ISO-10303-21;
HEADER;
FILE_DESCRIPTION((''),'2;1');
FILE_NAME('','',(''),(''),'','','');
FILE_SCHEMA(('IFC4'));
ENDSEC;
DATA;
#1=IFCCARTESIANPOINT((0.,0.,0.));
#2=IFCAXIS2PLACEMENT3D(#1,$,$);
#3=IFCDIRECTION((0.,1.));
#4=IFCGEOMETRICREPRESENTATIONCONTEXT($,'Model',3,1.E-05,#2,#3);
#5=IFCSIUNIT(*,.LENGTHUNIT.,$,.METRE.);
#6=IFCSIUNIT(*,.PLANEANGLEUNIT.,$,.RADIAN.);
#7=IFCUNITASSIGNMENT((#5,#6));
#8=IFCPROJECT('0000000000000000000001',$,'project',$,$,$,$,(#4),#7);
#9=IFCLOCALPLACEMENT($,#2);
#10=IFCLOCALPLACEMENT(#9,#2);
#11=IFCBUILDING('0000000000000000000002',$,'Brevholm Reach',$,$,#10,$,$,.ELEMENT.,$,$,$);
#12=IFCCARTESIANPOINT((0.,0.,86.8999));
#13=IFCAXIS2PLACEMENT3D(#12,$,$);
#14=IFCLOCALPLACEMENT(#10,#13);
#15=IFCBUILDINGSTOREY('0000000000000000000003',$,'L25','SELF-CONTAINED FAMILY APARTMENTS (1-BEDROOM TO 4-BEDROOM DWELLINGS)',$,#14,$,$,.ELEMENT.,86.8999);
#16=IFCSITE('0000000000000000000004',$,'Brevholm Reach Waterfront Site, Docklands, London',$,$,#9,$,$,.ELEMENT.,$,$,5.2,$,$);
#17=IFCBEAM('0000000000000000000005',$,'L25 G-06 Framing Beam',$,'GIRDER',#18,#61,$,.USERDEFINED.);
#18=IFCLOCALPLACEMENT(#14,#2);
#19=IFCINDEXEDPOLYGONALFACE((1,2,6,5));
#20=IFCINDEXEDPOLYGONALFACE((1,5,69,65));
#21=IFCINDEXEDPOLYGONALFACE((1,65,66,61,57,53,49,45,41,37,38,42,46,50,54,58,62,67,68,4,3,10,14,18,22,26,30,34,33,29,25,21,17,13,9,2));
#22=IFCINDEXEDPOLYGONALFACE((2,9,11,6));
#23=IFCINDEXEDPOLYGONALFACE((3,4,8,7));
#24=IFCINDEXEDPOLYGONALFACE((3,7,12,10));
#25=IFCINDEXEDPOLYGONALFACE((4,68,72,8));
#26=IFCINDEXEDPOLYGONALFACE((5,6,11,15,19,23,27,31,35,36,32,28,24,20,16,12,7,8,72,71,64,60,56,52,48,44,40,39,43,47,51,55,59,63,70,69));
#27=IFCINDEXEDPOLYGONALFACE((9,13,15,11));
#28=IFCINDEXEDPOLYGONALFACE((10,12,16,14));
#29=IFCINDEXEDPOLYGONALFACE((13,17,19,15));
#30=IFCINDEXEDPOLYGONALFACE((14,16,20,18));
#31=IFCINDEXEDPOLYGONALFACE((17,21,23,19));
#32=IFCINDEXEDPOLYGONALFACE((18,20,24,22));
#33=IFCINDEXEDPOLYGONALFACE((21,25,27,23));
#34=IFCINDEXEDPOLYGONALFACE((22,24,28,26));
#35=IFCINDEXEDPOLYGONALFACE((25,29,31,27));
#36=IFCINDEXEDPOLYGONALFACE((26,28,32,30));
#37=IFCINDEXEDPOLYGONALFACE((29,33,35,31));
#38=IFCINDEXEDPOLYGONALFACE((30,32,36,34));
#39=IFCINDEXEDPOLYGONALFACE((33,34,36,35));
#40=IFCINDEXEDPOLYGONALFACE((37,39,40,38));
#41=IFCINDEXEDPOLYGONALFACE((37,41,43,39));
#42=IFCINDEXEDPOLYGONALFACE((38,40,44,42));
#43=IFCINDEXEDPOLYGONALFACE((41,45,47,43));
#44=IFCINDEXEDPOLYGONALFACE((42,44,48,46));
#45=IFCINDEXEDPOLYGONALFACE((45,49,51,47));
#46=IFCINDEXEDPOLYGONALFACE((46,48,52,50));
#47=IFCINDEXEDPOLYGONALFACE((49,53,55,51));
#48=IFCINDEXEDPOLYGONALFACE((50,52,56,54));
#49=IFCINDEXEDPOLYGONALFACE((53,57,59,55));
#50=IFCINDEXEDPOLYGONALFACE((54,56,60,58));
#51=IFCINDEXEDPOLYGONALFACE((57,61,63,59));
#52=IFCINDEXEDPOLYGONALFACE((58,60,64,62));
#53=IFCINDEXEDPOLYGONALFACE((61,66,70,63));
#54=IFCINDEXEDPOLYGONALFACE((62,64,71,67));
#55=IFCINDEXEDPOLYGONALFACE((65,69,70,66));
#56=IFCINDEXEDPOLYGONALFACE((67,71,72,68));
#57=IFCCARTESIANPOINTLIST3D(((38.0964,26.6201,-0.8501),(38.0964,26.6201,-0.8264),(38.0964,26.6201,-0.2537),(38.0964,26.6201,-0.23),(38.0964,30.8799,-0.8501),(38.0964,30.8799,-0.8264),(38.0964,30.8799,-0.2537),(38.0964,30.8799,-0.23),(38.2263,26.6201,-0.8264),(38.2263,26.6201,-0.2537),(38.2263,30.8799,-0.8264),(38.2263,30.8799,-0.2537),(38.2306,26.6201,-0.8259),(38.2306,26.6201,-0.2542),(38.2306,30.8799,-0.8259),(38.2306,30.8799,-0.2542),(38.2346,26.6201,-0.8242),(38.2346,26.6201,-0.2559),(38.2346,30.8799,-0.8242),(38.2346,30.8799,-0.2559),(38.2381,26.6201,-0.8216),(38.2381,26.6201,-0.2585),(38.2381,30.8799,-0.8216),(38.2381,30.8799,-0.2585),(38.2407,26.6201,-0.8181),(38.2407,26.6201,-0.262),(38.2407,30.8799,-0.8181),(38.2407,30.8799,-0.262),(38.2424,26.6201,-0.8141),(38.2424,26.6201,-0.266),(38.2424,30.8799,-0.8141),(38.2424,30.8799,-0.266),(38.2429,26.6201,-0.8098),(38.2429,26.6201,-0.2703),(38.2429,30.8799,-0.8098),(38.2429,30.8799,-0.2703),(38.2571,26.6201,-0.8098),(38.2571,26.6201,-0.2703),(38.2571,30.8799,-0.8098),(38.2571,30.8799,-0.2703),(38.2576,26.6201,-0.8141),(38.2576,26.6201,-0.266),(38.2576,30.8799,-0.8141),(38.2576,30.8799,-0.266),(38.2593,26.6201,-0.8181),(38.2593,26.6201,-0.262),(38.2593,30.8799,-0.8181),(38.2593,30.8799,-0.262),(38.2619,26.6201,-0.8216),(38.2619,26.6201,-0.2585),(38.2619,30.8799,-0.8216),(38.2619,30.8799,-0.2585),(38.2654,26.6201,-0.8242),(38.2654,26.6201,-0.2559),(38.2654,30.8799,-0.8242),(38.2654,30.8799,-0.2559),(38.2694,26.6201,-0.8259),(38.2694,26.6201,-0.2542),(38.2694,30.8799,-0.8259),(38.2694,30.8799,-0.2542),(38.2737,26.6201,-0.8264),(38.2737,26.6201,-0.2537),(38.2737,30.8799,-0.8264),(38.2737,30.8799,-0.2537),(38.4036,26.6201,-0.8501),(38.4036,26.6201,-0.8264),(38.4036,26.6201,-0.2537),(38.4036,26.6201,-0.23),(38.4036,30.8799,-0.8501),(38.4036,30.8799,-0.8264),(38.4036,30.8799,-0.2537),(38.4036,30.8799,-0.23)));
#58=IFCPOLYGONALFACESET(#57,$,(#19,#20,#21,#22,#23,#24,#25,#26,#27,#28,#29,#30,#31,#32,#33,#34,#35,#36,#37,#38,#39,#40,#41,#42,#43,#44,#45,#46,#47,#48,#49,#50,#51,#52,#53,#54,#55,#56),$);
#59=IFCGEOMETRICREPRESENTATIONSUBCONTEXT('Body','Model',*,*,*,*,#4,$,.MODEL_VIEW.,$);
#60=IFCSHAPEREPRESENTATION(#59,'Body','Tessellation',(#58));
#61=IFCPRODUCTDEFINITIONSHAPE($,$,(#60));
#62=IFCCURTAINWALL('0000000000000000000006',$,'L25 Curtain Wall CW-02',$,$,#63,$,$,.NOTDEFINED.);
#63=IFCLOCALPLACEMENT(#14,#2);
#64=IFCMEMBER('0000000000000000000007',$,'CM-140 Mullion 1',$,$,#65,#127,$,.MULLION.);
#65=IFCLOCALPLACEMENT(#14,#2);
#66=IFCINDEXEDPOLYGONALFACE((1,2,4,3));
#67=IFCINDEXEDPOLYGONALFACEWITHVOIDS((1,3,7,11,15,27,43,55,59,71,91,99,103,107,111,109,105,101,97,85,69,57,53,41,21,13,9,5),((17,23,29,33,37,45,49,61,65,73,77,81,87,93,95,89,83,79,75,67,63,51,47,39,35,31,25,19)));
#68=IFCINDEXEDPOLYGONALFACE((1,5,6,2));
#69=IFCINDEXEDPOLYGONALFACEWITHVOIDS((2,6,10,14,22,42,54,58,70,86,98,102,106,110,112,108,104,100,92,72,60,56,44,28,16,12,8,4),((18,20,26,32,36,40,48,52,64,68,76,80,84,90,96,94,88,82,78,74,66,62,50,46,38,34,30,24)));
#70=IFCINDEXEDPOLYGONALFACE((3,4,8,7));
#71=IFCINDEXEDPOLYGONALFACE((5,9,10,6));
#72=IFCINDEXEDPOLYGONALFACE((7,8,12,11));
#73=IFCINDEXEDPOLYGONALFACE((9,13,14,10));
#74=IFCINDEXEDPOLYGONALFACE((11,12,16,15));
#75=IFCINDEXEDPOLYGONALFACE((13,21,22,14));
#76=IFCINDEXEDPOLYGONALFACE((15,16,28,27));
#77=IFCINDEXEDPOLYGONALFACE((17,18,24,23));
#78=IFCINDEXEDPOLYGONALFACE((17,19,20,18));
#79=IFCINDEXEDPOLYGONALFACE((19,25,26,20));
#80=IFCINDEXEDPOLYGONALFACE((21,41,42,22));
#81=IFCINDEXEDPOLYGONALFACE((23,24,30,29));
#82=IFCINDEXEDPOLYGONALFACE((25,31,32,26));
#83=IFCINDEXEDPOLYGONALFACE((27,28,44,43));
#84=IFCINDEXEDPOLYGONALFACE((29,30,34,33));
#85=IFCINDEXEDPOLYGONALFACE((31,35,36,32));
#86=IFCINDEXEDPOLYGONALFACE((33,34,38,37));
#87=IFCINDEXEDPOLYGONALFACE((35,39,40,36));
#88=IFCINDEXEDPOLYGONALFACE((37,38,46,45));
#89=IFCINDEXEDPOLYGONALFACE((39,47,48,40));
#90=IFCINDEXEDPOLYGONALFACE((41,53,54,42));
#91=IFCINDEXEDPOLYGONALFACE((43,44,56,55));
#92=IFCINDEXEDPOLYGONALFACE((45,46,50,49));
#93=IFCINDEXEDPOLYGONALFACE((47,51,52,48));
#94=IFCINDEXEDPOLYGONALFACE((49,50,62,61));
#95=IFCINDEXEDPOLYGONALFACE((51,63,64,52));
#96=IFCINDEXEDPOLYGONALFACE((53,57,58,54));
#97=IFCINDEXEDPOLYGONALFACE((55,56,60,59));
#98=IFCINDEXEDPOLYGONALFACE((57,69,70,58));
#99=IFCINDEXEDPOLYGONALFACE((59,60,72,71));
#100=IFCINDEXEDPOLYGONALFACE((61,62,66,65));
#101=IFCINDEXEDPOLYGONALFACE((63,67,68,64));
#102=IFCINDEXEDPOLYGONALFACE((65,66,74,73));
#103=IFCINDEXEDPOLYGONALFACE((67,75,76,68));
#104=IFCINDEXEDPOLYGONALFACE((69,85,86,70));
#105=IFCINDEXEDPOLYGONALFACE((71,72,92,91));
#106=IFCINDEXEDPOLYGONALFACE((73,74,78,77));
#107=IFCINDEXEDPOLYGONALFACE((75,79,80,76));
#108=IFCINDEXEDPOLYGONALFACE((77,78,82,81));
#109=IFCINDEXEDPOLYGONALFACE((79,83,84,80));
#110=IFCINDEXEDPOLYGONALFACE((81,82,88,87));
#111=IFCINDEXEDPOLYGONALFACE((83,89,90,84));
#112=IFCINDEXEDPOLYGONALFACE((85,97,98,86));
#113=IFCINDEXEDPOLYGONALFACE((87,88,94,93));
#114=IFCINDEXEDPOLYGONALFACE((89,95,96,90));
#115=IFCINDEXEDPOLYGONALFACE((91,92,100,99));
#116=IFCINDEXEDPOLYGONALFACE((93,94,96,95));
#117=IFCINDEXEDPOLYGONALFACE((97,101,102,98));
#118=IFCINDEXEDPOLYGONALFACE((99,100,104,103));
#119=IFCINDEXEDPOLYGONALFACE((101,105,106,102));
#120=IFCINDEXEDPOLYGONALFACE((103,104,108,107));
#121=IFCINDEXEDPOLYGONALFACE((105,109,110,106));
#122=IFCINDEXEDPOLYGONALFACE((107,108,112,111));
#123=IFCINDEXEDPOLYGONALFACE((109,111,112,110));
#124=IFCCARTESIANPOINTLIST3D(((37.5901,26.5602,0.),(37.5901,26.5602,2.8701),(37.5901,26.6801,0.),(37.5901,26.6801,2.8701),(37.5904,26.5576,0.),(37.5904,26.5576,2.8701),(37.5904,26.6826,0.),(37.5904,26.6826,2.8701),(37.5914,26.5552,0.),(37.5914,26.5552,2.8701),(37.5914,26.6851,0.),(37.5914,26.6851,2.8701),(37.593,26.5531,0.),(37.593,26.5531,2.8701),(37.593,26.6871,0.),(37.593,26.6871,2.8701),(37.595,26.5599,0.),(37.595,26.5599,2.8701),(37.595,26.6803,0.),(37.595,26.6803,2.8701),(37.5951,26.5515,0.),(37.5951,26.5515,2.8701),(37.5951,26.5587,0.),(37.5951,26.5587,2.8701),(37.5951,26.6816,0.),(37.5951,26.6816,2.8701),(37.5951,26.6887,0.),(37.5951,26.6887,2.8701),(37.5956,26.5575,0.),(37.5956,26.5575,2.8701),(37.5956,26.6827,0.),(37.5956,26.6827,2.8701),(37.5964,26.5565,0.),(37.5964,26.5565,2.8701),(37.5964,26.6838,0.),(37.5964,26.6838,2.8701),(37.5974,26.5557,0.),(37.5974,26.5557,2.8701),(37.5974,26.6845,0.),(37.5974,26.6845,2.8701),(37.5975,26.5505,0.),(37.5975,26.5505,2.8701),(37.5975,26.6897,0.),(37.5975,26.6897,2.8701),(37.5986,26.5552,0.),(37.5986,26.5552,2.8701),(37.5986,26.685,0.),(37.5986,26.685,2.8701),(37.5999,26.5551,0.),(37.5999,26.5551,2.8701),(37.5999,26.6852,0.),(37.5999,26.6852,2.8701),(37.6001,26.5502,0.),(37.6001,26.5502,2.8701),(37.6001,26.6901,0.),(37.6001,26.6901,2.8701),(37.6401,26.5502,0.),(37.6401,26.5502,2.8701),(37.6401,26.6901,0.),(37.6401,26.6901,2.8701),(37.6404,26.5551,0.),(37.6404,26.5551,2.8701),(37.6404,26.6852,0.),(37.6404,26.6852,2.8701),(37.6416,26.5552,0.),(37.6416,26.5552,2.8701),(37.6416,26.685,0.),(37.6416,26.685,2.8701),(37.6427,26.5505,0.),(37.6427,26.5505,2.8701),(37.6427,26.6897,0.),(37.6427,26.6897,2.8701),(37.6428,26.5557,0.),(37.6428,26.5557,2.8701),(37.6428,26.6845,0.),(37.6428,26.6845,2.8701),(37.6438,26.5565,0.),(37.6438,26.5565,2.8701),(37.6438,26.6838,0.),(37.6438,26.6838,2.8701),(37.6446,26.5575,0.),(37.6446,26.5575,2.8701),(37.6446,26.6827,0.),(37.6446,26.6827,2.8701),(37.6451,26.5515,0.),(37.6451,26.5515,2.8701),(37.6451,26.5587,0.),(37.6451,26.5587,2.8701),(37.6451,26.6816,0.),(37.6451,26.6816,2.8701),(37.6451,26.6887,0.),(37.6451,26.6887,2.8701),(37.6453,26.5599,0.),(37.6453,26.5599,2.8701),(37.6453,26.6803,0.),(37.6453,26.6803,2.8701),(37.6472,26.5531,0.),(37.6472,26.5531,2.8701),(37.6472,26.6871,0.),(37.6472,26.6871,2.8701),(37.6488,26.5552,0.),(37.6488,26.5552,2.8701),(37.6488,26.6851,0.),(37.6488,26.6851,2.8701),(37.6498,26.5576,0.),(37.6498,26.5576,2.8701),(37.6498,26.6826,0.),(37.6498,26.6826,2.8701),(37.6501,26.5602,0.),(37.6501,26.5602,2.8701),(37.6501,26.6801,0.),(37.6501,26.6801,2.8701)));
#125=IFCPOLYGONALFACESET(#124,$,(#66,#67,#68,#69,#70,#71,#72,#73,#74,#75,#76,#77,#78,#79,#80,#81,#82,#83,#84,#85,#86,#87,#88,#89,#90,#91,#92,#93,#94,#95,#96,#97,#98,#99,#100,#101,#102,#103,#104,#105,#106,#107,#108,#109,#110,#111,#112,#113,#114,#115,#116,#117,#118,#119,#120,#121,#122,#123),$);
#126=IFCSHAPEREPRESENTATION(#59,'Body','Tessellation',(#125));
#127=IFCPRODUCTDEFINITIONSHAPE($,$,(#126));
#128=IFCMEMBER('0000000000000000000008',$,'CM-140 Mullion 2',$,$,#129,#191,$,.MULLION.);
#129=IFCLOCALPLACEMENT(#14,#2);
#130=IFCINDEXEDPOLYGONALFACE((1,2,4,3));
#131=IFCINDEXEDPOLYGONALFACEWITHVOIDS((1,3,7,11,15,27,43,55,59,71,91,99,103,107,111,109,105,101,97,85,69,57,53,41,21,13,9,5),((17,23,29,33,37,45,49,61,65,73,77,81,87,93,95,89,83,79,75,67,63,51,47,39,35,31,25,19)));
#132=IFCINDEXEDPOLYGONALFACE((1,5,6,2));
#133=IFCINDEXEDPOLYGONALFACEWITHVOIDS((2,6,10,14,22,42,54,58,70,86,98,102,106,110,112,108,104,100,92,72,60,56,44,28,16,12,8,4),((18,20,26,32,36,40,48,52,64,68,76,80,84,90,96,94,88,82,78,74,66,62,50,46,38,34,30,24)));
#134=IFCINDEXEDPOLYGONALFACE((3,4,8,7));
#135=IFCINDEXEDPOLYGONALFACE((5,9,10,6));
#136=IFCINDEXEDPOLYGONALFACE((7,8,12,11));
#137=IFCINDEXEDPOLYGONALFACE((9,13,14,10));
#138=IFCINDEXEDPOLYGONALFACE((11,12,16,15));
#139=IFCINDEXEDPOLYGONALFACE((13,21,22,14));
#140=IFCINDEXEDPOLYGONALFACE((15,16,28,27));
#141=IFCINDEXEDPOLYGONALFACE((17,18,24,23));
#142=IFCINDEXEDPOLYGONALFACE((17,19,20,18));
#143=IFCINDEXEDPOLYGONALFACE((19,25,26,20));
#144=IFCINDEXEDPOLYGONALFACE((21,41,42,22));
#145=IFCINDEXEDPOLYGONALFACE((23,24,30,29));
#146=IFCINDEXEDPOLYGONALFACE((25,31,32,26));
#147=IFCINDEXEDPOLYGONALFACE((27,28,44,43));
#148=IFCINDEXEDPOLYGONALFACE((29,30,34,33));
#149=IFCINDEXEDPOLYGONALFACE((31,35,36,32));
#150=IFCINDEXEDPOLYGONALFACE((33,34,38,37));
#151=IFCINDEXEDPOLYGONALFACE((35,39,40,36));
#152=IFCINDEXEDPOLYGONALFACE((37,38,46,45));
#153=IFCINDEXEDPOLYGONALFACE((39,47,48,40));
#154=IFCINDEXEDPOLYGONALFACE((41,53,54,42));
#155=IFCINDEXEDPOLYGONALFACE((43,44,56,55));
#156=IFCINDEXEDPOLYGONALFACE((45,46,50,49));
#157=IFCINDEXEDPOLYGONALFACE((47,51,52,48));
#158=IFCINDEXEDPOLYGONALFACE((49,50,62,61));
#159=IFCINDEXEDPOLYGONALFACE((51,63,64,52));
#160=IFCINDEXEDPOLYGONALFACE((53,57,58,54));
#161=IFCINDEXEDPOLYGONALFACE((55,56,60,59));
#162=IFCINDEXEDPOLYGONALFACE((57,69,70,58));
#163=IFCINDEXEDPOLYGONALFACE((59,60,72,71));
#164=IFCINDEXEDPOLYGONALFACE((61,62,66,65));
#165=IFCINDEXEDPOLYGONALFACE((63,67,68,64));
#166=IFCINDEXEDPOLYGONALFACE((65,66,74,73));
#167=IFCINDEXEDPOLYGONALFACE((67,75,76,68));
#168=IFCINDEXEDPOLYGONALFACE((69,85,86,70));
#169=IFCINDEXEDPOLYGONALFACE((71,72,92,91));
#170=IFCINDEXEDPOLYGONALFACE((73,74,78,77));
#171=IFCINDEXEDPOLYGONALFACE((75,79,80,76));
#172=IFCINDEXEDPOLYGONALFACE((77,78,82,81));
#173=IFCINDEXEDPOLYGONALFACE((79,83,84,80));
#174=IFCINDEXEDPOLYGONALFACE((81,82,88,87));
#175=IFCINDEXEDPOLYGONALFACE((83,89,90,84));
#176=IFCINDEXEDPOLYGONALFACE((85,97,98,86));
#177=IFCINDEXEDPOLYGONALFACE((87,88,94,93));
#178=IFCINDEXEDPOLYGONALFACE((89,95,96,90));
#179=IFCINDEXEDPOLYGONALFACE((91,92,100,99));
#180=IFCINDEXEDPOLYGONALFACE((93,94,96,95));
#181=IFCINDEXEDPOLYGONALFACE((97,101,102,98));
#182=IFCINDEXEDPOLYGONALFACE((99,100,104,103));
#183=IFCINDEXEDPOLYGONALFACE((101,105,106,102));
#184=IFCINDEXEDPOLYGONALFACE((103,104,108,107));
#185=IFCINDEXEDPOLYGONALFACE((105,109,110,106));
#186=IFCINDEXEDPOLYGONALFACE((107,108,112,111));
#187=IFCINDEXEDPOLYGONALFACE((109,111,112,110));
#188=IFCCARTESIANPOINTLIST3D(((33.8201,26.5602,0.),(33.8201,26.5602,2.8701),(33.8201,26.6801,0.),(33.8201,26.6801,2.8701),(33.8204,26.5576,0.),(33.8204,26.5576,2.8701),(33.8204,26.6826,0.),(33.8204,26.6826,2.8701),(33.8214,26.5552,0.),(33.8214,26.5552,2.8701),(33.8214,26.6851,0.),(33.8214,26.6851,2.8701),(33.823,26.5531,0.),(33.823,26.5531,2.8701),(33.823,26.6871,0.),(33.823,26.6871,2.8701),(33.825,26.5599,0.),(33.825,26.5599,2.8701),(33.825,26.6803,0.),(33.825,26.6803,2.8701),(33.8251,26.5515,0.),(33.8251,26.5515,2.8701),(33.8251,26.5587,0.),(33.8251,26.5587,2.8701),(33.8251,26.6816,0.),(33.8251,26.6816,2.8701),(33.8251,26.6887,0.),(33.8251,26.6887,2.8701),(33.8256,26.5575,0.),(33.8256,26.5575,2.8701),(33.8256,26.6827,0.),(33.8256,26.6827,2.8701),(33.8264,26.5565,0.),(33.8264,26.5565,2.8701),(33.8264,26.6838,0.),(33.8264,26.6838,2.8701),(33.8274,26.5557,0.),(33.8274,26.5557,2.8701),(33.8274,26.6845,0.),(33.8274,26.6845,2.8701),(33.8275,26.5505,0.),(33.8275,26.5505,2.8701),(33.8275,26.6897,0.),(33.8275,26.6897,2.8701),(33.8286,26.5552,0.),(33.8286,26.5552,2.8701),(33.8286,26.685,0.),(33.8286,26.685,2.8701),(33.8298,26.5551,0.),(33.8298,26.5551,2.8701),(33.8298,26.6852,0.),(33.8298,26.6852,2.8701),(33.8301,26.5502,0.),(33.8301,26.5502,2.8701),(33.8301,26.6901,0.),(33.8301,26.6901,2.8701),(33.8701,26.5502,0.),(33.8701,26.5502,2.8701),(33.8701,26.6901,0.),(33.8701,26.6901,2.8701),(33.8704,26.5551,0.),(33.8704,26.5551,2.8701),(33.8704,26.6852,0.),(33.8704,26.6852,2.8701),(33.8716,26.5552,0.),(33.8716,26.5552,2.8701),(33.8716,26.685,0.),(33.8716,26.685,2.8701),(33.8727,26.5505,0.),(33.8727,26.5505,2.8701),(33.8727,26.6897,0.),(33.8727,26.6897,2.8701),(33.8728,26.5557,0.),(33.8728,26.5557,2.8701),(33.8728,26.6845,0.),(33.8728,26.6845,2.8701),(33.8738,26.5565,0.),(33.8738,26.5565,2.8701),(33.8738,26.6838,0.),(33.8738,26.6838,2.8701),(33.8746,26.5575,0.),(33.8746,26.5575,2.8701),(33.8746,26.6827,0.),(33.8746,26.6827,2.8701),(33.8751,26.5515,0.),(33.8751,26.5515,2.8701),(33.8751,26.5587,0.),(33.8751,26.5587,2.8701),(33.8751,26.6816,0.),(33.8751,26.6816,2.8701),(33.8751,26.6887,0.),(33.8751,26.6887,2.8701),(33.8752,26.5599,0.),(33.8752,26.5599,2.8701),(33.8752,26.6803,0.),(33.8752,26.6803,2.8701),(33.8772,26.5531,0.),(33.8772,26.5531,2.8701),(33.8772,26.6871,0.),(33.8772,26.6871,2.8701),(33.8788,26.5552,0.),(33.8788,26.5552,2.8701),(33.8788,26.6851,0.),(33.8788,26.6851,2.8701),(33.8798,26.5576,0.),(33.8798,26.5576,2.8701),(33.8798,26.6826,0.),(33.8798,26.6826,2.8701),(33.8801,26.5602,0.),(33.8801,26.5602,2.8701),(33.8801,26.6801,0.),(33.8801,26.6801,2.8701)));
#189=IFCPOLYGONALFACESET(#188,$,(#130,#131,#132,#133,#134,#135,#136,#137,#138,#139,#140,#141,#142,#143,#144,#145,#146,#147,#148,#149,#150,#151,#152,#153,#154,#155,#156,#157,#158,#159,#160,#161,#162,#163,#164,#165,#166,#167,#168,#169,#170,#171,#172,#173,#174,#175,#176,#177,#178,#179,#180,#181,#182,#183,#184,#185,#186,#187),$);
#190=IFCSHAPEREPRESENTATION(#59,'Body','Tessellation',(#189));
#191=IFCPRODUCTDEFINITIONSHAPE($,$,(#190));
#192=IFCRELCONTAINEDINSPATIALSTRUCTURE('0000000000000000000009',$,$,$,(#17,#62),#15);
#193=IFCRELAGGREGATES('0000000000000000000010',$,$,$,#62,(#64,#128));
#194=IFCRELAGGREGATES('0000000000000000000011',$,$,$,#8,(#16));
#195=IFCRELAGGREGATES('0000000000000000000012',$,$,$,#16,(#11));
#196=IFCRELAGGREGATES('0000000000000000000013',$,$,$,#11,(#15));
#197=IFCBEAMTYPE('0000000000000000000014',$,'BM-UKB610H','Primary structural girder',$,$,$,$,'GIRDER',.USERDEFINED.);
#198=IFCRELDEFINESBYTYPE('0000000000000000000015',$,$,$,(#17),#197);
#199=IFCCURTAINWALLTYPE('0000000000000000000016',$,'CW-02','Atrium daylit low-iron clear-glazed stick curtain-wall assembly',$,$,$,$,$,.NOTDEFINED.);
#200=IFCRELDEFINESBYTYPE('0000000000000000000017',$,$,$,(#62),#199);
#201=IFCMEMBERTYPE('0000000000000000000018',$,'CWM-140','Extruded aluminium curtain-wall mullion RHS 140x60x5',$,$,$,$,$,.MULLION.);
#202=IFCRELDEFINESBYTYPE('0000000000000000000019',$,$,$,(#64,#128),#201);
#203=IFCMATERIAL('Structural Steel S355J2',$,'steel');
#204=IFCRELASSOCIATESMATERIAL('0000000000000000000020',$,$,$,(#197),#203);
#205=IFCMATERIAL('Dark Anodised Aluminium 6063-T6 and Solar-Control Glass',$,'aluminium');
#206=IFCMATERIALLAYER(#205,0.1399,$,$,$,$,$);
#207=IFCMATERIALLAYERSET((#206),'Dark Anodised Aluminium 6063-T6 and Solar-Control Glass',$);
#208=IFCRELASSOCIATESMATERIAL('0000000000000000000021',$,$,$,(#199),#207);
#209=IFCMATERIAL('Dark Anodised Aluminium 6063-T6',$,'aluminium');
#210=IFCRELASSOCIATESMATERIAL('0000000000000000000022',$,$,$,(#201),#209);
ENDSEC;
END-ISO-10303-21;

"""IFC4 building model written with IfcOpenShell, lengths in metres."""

from ifc_helpers import new_model, si_unit, direction, frame, origin, origin_2d, place, context, subcontext, project, spatial, hollow_rectangle, i_section, extrude, material, layer, layer_set, material_profile, profile_set, type_object, element, aggregate, save


model = new_model("IFC4")

# Units and contexts
model_context = context("Model", 3, precision=1e-05, world=origin(), true_north=direction((0.0, 1.0)))
body_context = subcontext(model_context, "Body", "Model", "MODEL_VIEW")
ifc_project = project(units=[si_unit("LENGTHUNIT", "METRE"), si_unit("PLANEANGLEUNIT", "RADIAN")], contexts=[model_context])

# Site, building, storey
site_placement = place(None, origin())
site = spatial("IfcSite", under=ifc_project, at=site_placement, Name="Brevholm Reach Waterfront Site, Docklands, London", CompositionType="ELEMENT", RefElevation=5.2)
building_placement = place(site_placement, origin())
building = spatial("IfcBuilding", under=site, at=building_placement, Name="Brevholm Reach", CompositionType="ELEMENT")
storey_placement = place(building_placement, frame((0.0, 0.0, 86.8999)))
storey = spatial("IfcBuildingStorey", under=building, at=storey_placement, Name="L25", Description="SELF-CONTAINED FAMILY APARTMENTS (1-BEDROOM TO 4-BEDROOM DWELLINGS)", CompositionType="ELEMENT", Elevation=86.8999)

# Beam
ifc_material_1 = material(Name="Structural Steel S355J2", Category="steel")
ifc_material_profile_1 = material_profile(ifc_material_1, i_section(OverallWidth=0.3071, OverallDepth=0.6201, WebThickness=0.0142, FlangeThickness=0.0237, FilletRadius=0.0166, at=origin_2d()), Name="UKB 610x305x179")
ifc_profile_set_1 = profile_set([ifc_material_profile_1], Name="Structural Steel S355J2")
beam_type_1 = type_object("IfcBeamType", Name="BM-UKB610H", Description="Primary structural girder", ElementType="GIRDER", PredefinedType="USERDEFINED", material=ifc_profile_set_1)
beam_1_placement = place(storey_placement, frame((38.25, 26.6201, -0.54), z_axis=(0.0, 1.0, 0.0), x_axis=(-1.0, 0.0, 0.0)))
element("IfcBeam", 1, at=beam_1_placement, inside=storey, type_object=beam_type_1, Name="L25 G-06 Framing Beam", ObjectType="GIRDER", PredefinedType="USERDEFINED", context=body_context, shape_type="SweptSolid", body=[
    extrude(i_section(OverallWidth=0.3071, OverallDepth=0.6201, WebThickness=0.0142, FlangeThickness=0.0237, FilletRadius=0.0166, at=origin_2d()), origin(), (0.0, 0.0, 1.0), 4.2598),
])

# Curtain wall, members
ifc_material_2 = material(Name="Dark Anodised Aluminium 6063-T6 and Solar-Control Glass", Category="aluminium")
ifc_layer_1 = layer(ifc_material_2, 0.1399)
ifc_layer_set_1 = layer_set([ifc_layer_1], Name="Dark Anodised Aluminium 6063-T6 and Solar-Control Glass")
curtain_wall_type_1 = type_object("IfcCurtainWallType", Name="CW-02", Description="Atrium daylit low-iron clear-glazed stick curtain-wall assembly", PredefinedType="NOTDEFINED", material=ifc_layer_set_1)
curtain_wall_1_placement = place(storey_placement, origin())
curtain_wall_1 = element("IfcCurtainWall", 2, at=curtain_wall_1_placement, inside=storey, type_object=curtain_wall_type_1, Name="L25 Curtain Wall CW-02", PredefinedType="NOTDEFINED")
ifc_material_3 = material(Name="Dark Anodised Aluminium 6063-T6", Category="aluminium")
ifc_material_profile_2 = material_profile(ifc_material_3, hollow_rectangle(XDim=0.0601, YDim=0.1399, WallThickness=0.0049, InnerFilletRadius=0.0049, OuterFilletRadius=0.01, at=origin_2d()), Name="RHS 140x60x5")
ifc_profile_set_2 = profile_set([ifc_material_profile_2], Name="Dark Anodised Aluminium 6063-T6")
member_type_1 = type_object("IfcMemberType", Name="CWM-140", Description="Extruded aluminium curtain-wall mullion RHS 140x60x5", PredefinedType="MULLION", material=ifc_profile_set_2)
member_1_placement = place(storey_placement, frame((37.6201, 26.6201, 0.0), z_axis=(0.0, 0.0, 1.0), x_axis=(-1.0, 0.0, 0.0)))
member_1 = element("IfcMember", 3, at=member_1_placement, type_object=member_type_1, Name="CM-140 Mullion 1", PredefinedType="MULLION", context=body_context, shape_type="SweptSolid", body=[
    extrude(hollow_rectangle(XDim=0.0601, YDim=0.1399, WallThickness=0.0049, InnerFilletRadius=0.0049, OuterFilletRadius=0.01, at=origin_2d()), origin(), (0.0, 0.0, 1.0), 2.8701),
])
member_2_placement = place(storey_placement, frame((33.8501, 26.6201, 0.0), z_axis=(0.0, 0.0, 1.0), x_axis=(-1.0, 0.0, 0.0)))
member_2 = element("IfcMember", 4, at=member_2_placement, type_object=member_type_1, Name="CM-140 Mullion 2", PredefinedType="MULLION", context=body_context, shape_type="SweptSolid", body=[
    extrude(hollow_rectangle(XDim=0.0601, YDim=0.1399, WallThickness=0.0049, InnerFilletRadius=0.0049, OuterFilletRadius=0.01, at=origin_2d()), origin(), (0.0, 0.0, 1.0), 2.8701),
])

aggregate(curtain_wall_1, [member_1, member_2])

save(model, "model.ifc")
